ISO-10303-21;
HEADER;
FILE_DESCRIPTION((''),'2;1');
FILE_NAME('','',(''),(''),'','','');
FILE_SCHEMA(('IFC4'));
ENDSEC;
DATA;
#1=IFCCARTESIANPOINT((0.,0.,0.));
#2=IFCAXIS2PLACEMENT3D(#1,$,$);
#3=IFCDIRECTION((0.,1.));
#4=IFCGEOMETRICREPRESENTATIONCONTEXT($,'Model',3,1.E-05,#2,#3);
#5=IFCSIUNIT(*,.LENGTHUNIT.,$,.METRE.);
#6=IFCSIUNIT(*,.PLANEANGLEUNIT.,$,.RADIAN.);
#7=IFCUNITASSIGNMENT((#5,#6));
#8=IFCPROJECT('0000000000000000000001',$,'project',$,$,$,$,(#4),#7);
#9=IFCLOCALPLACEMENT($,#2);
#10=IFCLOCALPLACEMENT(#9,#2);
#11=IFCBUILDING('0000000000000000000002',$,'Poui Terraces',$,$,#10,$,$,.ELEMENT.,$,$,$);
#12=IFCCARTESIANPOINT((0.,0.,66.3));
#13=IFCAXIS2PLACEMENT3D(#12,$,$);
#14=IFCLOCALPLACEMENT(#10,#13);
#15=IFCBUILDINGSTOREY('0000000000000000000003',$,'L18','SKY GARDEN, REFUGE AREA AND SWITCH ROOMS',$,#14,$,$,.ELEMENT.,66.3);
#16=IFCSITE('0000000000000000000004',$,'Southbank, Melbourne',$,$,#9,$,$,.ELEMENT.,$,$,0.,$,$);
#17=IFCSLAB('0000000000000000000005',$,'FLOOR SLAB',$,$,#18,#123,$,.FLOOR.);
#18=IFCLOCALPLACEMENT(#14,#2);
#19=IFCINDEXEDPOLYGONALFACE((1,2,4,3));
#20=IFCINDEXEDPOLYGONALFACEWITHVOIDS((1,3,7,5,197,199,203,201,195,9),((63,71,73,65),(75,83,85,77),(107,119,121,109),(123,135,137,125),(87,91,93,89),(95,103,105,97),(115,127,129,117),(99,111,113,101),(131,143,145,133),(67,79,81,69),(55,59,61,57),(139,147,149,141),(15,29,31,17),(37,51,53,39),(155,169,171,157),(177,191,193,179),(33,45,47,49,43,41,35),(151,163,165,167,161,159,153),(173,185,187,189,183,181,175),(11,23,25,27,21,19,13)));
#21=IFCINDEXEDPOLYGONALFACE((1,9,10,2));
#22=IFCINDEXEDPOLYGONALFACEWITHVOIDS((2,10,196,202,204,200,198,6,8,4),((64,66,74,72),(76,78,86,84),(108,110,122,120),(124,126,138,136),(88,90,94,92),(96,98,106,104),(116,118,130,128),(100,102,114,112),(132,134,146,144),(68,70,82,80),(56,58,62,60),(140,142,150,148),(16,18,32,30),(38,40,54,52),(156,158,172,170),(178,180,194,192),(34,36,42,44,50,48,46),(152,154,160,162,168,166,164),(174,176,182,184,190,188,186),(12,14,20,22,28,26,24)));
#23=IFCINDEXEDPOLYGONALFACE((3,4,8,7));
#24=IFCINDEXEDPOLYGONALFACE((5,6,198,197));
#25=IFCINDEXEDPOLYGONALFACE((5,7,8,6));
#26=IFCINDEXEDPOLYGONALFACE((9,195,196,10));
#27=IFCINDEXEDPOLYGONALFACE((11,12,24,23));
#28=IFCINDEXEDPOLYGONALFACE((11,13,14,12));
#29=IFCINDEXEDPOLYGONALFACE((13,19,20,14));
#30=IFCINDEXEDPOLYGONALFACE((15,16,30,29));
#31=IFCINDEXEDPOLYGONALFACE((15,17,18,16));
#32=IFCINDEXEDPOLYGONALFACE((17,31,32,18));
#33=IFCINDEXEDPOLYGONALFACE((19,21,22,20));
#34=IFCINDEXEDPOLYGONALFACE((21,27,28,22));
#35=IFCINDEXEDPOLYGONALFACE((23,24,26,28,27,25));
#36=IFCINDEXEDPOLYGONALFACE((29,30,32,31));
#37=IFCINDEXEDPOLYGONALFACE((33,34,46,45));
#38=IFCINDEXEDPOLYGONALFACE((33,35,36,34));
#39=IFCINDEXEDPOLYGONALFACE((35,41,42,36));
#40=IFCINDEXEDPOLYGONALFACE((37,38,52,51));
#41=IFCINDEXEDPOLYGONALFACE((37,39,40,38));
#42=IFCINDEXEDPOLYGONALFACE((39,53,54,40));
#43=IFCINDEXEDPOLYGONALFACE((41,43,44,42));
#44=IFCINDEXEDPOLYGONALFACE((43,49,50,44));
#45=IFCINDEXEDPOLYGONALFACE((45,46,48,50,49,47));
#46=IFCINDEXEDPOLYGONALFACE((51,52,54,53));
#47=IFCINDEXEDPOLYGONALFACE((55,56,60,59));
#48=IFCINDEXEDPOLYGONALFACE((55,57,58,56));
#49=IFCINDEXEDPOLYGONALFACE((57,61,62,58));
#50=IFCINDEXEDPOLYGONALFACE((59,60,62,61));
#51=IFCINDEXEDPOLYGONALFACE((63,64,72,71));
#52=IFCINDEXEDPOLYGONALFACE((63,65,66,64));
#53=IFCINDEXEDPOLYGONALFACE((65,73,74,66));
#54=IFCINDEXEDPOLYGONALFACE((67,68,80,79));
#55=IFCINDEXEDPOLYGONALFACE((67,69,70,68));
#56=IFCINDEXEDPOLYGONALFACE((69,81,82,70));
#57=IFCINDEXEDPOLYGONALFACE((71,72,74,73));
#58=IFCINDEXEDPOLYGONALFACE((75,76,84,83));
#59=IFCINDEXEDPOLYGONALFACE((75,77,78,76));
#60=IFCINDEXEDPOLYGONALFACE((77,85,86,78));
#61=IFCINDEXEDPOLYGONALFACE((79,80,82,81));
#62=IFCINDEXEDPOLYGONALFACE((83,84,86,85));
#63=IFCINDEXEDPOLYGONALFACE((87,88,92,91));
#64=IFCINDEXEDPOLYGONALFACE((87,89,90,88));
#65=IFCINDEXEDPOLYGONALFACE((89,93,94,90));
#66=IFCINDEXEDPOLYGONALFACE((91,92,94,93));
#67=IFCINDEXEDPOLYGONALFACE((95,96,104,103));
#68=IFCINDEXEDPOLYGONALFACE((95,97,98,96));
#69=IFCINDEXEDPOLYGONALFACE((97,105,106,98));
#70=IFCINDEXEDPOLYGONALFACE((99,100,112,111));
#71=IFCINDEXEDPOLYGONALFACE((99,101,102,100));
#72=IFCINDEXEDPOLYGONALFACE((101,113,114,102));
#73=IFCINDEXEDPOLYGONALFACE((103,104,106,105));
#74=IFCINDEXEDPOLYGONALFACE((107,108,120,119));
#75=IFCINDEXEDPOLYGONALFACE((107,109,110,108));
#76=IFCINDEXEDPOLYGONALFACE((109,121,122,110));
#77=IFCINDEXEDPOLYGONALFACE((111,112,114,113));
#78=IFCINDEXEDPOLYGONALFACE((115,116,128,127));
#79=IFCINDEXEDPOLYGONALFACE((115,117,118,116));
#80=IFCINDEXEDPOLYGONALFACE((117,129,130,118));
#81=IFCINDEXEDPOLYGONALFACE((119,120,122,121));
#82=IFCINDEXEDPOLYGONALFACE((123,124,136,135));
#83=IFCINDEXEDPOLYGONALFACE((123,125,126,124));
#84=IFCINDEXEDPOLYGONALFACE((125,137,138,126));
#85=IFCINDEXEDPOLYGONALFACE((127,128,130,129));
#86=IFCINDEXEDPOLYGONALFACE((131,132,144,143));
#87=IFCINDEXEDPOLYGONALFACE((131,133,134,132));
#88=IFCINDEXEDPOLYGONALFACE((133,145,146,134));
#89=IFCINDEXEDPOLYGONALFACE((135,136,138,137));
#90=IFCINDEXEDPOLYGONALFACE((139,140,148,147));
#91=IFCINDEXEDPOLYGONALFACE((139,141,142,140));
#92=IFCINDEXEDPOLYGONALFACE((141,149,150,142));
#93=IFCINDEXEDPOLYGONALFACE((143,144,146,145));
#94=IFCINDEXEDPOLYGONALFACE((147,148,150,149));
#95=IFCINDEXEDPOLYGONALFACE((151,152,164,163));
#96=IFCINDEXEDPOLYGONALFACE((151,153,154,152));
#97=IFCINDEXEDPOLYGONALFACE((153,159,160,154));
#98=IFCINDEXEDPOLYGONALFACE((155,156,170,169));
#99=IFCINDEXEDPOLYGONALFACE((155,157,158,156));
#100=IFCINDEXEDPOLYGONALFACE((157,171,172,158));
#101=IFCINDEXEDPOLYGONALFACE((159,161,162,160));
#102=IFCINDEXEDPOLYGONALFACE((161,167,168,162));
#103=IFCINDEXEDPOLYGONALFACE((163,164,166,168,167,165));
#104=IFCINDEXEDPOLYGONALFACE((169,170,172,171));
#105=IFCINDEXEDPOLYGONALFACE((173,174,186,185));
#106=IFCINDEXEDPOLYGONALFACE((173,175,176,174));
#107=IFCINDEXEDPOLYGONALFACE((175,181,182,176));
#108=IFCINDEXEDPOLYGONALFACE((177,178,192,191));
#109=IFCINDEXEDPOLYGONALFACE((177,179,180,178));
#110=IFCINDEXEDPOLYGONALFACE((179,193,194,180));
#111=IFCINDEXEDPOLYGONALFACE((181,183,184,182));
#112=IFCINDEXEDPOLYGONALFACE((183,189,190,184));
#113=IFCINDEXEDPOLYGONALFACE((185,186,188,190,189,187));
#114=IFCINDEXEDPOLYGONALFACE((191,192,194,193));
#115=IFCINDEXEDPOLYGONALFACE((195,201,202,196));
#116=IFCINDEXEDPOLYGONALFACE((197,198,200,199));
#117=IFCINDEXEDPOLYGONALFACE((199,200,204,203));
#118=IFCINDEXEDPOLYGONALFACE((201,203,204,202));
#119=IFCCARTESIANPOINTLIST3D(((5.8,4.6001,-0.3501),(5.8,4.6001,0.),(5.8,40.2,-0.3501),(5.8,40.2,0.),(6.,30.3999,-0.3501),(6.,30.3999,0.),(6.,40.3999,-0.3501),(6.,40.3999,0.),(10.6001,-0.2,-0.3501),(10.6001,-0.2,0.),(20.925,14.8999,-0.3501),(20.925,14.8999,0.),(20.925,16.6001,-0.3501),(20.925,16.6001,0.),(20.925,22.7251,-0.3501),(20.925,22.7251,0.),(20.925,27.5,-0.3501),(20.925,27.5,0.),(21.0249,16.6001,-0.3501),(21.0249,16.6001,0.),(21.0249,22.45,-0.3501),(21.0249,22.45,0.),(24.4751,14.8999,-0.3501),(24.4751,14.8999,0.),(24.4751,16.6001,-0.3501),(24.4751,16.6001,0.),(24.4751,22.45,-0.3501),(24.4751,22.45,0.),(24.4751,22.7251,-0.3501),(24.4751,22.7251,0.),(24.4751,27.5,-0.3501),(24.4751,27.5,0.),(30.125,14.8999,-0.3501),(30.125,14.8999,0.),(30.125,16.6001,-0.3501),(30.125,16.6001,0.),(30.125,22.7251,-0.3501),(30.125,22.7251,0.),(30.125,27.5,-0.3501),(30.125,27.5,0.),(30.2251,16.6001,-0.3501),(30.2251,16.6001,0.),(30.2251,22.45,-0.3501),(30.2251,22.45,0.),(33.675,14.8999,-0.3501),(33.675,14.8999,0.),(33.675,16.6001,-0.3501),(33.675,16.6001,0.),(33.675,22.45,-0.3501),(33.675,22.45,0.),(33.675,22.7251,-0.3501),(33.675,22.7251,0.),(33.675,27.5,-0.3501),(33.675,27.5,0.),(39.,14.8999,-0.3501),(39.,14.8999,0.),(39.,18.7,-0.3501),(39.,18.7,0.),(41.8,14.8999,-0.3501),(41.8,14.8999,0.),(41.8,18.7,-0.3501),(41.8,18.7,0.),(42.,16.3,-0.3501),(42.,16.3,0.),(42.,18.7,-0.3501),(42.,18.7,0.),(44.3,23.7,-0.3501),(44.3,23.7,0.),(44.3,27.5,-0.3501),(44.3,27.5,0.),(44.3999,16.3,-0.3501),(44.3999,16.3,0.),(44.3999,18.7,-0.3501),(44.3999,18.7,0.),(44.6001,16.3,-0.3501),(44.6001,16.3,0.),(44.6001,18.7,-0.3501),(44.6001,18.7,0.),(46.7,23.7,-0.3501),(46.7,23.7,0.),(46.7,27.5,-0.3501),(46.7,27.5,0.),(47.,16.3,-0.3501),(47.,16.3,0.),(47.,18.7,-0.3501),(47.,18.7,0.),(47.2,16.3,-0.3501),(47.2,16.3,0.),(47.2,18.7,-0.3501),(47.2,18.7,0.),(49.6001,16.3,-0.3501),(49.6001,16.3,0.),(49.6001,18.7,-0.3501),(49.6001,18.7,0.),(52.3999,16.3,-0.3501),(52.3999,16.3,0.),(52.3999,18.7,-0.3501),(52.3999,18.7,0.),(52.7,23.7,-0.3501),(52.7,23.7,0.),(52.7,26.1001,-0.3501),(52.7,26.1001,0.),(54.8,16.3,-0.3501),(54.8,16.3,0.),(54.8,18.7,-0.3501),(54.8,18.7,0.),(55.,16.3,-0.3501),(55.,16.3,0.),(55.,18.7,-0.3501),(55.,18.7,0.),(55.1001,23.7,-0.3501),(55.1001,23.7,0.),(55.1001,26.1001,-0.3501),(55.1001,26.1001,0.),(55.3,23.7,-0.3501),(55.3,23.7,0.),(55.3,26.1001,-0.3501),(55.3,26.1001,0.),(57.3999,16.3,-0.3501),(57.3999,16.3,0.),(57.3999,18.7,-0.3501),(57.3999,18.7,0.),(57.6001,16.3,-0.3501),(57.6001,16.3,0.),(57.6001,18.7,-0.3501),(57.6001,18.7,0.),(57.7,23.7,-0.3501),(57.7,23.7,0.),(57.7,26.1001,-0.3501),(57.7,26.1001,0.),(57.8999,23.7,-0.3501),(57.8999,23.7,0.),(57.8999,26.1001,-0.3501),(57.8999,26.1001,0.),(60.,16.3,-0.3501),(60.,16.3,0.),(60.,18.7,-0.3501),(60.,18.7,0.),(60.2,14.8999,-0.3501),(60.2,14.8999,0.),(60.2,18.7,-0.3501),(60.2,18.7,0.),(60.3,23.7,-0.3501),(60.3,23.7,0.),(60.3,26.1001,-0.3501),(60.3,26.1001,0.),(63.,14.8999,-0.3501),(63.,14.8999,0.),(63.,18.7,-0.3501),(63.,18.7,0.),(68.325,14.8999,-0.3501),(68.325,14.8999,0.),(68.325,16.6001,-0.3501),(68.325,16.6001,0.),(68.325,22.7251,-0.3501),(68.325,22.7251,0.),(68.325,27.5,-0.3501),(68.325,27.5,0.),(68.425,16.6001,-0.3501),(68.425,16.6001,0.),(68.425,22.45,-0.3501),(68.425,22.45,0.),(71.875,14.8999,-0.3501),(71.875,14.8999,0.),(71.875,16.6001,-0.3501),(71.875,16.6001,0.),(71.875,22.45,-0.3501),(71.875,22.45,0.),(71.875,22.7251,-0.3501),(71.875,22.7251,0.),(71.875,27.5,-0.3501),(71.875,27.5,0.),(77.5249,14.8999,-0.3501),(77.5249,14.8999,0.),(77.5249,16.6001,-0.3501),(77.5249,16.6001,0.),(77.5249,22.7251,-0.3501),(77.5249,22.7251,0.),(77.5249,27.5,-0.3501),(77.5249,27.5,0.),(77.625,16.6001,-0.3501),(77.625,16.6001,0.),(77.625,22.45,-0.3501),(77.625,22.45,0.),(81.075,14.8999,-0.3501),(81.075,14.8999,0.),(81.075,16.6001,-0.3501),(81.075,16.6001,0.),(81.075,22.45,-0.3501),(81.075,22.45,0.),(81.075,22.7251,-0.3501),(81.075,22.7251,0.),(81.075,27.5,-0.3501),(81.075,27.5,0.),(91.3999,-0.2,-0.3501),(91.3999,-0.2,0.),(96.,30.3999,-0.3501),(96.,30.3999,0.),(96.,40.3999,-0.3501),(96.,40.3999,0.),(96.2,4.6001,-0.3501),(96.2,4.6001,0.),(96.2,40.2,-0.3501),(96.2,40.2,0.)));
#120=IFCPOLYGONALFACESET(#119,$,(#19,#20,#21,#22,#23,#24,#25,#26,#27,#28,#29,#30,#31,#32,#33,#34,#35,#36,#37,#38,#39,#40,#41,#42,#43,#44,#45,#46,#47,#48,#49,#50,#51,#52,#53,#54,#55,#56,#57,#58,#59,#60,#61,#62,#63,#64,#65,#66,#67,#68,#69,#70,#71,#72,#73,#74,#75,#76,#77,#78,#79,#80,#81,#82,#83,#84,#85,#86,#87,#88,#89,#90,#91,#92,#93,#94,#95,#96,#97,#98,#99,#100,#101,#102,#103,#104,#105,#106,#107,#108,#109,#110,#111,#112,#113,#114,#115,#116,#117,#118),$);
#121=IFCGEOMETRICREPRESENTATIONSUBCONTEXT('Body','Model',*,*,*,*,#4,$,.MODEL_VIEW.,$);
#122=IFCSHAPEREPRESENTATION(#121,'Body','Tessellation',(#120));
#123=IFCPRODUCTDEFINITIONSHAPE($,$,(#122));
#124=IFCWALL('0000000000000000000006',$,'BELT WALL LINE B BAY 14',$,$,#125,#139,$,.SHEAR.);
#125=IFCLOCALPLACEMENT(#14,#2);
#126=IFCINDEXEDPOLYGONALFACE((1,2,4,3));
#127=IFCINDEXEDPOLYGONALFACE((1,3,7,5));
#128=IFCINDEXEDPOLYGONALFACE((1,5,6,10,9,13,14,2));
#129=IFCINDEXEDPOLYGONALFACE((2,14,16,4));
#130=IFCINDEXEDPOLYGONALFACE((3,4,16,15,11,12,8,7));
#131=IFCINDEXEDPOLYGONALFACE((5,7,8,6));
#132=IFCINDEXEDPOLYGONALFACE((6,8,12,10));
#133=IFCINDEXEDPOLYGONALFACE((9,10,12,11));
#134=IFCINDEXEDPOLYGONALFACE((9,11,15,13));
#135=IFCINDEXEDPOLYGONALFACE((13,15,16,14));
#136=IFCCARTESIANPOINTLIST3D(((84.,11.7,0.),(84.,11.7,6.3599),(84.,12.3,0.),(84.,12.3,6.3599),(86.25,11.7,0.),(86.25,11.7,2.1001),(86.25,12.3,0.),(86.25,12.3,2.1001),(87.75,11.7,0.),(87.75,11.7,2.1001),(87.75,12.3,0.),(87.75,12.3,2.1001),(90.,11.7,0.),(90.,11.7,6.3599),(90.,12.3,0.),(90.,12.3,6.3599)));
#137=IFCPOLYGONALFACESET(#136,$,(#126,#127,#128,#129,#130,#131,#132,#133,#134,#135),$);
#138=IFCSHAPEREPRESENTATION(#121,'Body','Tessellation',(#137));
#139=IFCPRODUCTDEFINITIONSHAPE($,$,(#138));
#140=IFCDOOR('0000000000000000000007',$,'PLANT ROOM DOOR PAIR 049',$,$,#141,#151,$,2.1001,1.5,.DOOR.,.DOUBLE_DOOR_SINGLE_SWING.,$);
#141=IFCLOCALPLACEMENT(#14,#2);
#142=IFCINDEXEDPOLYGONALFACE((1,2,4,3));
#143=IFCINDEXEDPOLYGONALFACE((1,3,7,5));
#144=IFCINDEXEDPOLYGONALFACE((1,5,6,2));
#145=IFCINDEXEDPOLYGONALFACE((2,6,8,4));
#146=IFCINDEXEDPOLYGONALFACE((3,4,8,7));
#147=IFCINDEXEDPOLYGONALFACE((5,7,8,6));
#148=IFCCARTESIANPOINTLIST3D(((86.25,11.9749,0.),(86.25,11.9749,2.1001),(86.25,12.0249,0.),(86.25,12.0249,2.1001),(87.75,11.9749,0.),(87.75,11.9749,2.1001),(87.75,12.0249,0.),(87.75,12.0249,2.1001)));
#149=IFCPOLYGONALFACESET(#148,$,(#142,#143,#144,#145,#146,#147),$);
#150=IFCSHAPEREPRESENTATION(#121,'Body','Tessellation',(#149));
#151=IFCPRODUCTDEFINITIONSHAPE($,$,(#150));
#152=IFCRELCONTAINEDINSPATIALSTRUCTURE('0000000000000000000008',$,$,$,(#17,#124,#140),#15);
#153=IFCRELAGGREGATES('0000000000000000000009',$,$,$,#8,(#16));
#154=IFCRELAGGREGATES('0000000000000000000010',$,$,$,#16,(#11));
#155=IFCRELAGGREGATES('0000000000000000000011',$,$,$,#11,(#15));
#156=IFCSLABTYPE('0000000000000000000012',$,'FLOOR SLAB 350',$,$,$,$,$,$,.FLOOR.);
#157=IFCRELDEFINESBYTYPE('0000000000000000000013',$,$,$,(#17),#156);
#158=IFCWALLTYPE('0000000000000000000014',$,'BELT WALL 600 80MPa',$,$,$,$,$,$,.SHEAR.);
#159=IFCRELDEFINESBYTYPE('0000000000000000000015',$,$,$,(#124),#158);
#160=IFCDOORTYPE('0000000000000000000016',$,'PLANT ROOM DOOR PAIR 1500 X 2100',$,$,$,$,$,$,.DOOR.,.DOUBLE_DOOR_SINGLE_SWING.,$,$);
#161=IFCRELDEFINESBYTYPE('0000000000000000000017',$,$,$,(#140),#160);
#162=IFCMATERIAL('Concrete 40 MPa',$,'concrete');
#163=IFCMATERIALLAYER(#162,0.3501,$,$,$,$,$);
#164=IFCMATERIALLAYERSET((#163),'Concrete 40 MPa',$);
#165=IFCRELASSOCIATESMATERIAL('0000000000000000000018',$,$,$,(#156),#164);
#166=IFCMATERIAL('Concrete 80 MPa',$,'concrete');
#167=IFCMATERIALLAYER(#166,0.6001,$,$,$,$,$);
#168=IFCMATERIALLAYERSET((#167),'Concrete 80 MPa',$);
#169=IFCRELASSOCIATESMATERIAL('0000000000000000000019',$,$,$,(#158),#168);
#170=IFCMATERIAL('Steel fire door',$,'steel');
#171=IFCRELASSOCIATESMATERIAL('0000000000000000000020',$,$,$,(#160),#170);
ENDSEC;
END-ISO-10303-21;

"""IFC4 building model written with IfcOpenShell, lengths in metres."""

from ifc_helpers import new_model, si_unit, direction, frame, frame_2d, origin, place, context, subcontext, project, spatial, polyline, rectangle, outline, extrude, source, transform, mapped, material, layer, layer_set, type_object, element, fill, save


model = new_model("IFC4")

# Units and contexts
model_context = context("Model", 3, precision=1e-05, world=origin(), true_north=direction((0.0, 1.0)))
body_context = subcontext(model_context, "Body", "Model", "MODEL_VIEW")
ifc_project = project(units=[si_unit("LENGTHUNIT", "METRE"), si_unit("PLANEANGLEUNIT", "RADIAN")], contexts=[model_context])

# Site, building, storey
site_placement = place(None, origin())
site = spatial("IfcSite", under=ifc_project, at=site_placement, Name="Southbank, Melbourne", CompositionType="ELEMENT", RefElevation=0.0)
building_placement = place(site_placement, origin())
building = spatial("IfcBuilding", under=site, at=building_placement, Name="Poui Terraces", CompositionType="ELEMENT")
storey_placement = place(building_placement, frame((0.0, 0.0, 66.3)))
storey = spatial("IfcBuildingStorey", under=building, at=storey_placement, Name="L18", Description="SKY GARDEN, REFUGE AREA AND SWITCH ROOMS", CompositionType="ELEMENT", Elevation=66.3)

# Slab
ifc_material_1 = material(Name="Concrete 40 MPa", Category="concrete")
ifc_layer_1 = layer(ifc_material_1, 0.3501)
ifc_layer_set_1 = layer_set([ifc_layer_1], Name="Concrete 40 MPa")
slab_type = type_object("IfcSlabType", Name="FLOOR SLAB 350", PredefinedType="FLOOR", material=ifc_layer_set_1)
shared_shape = source(origin(), body_context, "Body", "SweptSolid", [
    extrude(outline(polyline([(0.0, 0.0), (0.0, 35.5999), (-0.2, 35.7998), (-0.2, 25.7998), (-90.2, 25.7998), (-90.2, 35.7998), (-90.3999, 35.5999), (-90.3999, 0.0), (-85.5999, -4.8), (-4.8, -4.8), (0.0, 0.0)]), holes=[polyline([(-57.2, 10.2998), (-57.2, 14.0999), (-54.3999, 14.0999), (-54.3999, 10.2998), (-57.2, 10.2998)]), polyline([(-54.2, 11.7), (-54.2, 14.0999), (-51.8, 14.0999), (-51.8, 11.7), (-54.2, 11.7)]), polyline([(-51.5999, 11.7), (-51.5999, 14.0999), (-49.2, 14.0999), (-49.2, 11.7), (-51.5999, 11.7)]), polyline([(-49.0, 14.0999), (-46.5999, 14.0999), (-46.5999, 11.7), (-49.0, 11.7), (-49.0, 14.0999)]), polyline([(-43.8, 14.0999), (-41.3999, 14.0999), (-41.3999, 11.7), (-43.8, 11.7), (-43.8, 14.0999)]), polyline([(-75.175, 17.8499), (-71.7249, 17.8499), (-71.7249, 12.0), (-71.7249, 10.2998), (-75.2749, 10.2998), (-75.2749, 12.0), (-75.175, 12.0), (-75.175, 17.8499)]), polyline([(-65.9749, 17.8499), (-62.5249, 17.8499), (-62.5249, 12.0), (-62.5249, 10.2998), (-66.075, 10.2998), (-66.075, 12.0), (-65.9749, 12.0), (-65.9749, 17.8499)]), polyline([(-75.2749, 18.125), (-75.2749, 22.8999), (-71.7249, 22.8999), (-71.7249, 18.125), (-75.2749, 18.125)]), polyline([(-66.075, 22.8999), (-62.5249, 22.8999), (-62.5249, 18.125), (-66.075, 18.125), (-66.075, 22.8999)]), polyline([(-51.8999, 22.8999), (-49.5, 22.8999), (-49.5, 19.0999), (-51.8999, 19.0999), (-51.8999, 22.8999)]), polyline([(-36.0, 10.2998), (-36.0, 14.0999), (-33.2, 14.0999), (-33.2, 10.2998), (-36.0, 10.2998)]), polyline([(-41.2, 11.7), (-41.2, 14.0999), (-38.8, 14.0999), (-38.8, 11.7), (-41.2, 11.7)]), polyline([(-38.5999, 11.7), (-38.5999, 14.0999), (-36.2, 14.0999), (-36.2, 11.7), (-38.5999, 11.7)]), polyline([(-24.325, 17.8499), (-24.325, 12.0), (-24.325, 10.2998), (-27.875, 10.2998), (-27.875, 12.0), (-27.7749, 12.0), (-27.7749, 17.8499), (-24.325, 17.8499)]), polyline([(-15.125, 17.8499), (-15.125, 12.0), (-15.125, 10.2998), (-18.675, 10.2998), (-18.675, 12.0), (-18.575, 12.0), (-18.575, 17.8499), (-15.125, 17.8499)]), polyline([(-43.5, 19.0999), (-43.5, 21.5), (-41.0999, 21.5), (-41.0999, 19.0999), (-43.5, 19.0999)]), polyline([(-40.8999, 19.0999), (-40.8999, 21.5), (-38.5, 21.5), (-38.5, 19.0999), (-40.8999, 19.0999)]), polyline([(-38.3, 19.0999), (-38.3, 21.5), (-35.8999, 21.5), (-35.8999, 19.0999), (-38.3, 19.0999)]), polyline([(-27.875, 22.8999), (-24.325, 22.8999), (-24.325, 18.125), (-27.875, 18.125), (-27.875, 22.8999)]), polyline([(-18.675, 22.8999), (-15.125, 22.8999), (-15.125, 18.125), (-18.675, 18.125), (-18.675, 22.8999)])]), origin(), (0.0, 0.0, 1.0), 0.3501),
])
slab_placement = place(storey_placement, frame((96.2, 4.6001, -0.3501)))
element("IfcSlab", 1, at=slab_placement, inside=storey, type_object=slab_type, Name="FLOOR SLAB", PredefinedType="FLOOR", context=body_context, shape_type="MappedRepresentation", body=[
    mapped(shared_shape, transform((0.0, 0.0, 0.0))),
])

# Wall, opening, door
ifc_material_2 = material(Name="Concrete 80 MPa", Category="concrete")
ifc_layer_2 = layer(ifc_material_2, 0.6001)
ifc_layer_set_2 = layer_set([ifc_layer_2], Name="Concrete 80 MPa")
wall_type_1 = type_object("IfcWallType", Name="BELT WALL 600 80MPa", PredefinedType="SHEAR", material=ifc_layer_set_2)
wall_1_placement = place(storey_placement, frame((84.0, 12.0, 0.0), z_axis=(0.0, 0.0, 1.0), x_axis=(1.0, 0.0, 0.0)))
wall_1 = element("IfcWall", 2, at=wall_1_placement, inside=storey, type_object=wall_type_1, Name="BELT WALL LINE B BAY 14", PredefinedType="SHEAR", context=body_context, shape_type="SweptSolid", body=[
    extrude(rectangle(XDim=6.0, YDim=0.6001, at=frame_2d((3.0, 0.0))), origin(), (0.0, 0.0, 1.0), 6.3599),
])
opening_1_placement = place(wall_1_placement, frame((2.25, 0.0, 0.0)))
opening_1 = element("IfcOpeningElement", 3, at=opening_1_placement, cuts=wall_1, PredefinedType="OPENING", context=body_context, shape_type="SweptSolid", body=[
    extrude(rectangle(XDim=1.5, YDim=2.1001, at=frame_2d((0.75, 1.05))), frame((0.0, 0.3101, 0.0), z_axis=(0.0, -1.0, 0.0), x_axis=(1.0, 0.0, 0.0)), (0.0, 0.0, 1.0), 0.6201),
])
ifc_material_3 = material(Name="Steel fire door", Category="steel")
door_type_1 = type_object("IfcDoorType", Name="PLANT ROOM DOOR PAIR 1500 X 2100", OperationType="DOUBLE_DOOR_SINGLE_SWING", PredefinedType="DOOR", material=ifc_material_3)
door_1_placement = place(opening_1_placement, origin())
door_1 = element("IfcDoor", 4, at=door_1_placement, inside=storey, type_object=door_type_1, Name="PLANT ROOM DOOR PAIR 049", OperationType="DOUBLE_DOOR_SINGLE_SWING", OverallHeight=2.1001, OverallWidth=1.5, PredefinedType="DOOR", context=body_context, shape_type="SweptSolid", body=[
    extrude(rectangle(XDim=1.5, YDim=2.1001, at=frame_2d((0.75, 1.05))), frame((0.0, 0.0249, 0.0), z_axis=(0.0, -1.0, 0.0), x_axis=(1.0, 0.0, 0.0)), (0.0, 0.0, 1.0), 0.05),
])
fill(opening_1, door_1)

save(model, "model.ifc")
